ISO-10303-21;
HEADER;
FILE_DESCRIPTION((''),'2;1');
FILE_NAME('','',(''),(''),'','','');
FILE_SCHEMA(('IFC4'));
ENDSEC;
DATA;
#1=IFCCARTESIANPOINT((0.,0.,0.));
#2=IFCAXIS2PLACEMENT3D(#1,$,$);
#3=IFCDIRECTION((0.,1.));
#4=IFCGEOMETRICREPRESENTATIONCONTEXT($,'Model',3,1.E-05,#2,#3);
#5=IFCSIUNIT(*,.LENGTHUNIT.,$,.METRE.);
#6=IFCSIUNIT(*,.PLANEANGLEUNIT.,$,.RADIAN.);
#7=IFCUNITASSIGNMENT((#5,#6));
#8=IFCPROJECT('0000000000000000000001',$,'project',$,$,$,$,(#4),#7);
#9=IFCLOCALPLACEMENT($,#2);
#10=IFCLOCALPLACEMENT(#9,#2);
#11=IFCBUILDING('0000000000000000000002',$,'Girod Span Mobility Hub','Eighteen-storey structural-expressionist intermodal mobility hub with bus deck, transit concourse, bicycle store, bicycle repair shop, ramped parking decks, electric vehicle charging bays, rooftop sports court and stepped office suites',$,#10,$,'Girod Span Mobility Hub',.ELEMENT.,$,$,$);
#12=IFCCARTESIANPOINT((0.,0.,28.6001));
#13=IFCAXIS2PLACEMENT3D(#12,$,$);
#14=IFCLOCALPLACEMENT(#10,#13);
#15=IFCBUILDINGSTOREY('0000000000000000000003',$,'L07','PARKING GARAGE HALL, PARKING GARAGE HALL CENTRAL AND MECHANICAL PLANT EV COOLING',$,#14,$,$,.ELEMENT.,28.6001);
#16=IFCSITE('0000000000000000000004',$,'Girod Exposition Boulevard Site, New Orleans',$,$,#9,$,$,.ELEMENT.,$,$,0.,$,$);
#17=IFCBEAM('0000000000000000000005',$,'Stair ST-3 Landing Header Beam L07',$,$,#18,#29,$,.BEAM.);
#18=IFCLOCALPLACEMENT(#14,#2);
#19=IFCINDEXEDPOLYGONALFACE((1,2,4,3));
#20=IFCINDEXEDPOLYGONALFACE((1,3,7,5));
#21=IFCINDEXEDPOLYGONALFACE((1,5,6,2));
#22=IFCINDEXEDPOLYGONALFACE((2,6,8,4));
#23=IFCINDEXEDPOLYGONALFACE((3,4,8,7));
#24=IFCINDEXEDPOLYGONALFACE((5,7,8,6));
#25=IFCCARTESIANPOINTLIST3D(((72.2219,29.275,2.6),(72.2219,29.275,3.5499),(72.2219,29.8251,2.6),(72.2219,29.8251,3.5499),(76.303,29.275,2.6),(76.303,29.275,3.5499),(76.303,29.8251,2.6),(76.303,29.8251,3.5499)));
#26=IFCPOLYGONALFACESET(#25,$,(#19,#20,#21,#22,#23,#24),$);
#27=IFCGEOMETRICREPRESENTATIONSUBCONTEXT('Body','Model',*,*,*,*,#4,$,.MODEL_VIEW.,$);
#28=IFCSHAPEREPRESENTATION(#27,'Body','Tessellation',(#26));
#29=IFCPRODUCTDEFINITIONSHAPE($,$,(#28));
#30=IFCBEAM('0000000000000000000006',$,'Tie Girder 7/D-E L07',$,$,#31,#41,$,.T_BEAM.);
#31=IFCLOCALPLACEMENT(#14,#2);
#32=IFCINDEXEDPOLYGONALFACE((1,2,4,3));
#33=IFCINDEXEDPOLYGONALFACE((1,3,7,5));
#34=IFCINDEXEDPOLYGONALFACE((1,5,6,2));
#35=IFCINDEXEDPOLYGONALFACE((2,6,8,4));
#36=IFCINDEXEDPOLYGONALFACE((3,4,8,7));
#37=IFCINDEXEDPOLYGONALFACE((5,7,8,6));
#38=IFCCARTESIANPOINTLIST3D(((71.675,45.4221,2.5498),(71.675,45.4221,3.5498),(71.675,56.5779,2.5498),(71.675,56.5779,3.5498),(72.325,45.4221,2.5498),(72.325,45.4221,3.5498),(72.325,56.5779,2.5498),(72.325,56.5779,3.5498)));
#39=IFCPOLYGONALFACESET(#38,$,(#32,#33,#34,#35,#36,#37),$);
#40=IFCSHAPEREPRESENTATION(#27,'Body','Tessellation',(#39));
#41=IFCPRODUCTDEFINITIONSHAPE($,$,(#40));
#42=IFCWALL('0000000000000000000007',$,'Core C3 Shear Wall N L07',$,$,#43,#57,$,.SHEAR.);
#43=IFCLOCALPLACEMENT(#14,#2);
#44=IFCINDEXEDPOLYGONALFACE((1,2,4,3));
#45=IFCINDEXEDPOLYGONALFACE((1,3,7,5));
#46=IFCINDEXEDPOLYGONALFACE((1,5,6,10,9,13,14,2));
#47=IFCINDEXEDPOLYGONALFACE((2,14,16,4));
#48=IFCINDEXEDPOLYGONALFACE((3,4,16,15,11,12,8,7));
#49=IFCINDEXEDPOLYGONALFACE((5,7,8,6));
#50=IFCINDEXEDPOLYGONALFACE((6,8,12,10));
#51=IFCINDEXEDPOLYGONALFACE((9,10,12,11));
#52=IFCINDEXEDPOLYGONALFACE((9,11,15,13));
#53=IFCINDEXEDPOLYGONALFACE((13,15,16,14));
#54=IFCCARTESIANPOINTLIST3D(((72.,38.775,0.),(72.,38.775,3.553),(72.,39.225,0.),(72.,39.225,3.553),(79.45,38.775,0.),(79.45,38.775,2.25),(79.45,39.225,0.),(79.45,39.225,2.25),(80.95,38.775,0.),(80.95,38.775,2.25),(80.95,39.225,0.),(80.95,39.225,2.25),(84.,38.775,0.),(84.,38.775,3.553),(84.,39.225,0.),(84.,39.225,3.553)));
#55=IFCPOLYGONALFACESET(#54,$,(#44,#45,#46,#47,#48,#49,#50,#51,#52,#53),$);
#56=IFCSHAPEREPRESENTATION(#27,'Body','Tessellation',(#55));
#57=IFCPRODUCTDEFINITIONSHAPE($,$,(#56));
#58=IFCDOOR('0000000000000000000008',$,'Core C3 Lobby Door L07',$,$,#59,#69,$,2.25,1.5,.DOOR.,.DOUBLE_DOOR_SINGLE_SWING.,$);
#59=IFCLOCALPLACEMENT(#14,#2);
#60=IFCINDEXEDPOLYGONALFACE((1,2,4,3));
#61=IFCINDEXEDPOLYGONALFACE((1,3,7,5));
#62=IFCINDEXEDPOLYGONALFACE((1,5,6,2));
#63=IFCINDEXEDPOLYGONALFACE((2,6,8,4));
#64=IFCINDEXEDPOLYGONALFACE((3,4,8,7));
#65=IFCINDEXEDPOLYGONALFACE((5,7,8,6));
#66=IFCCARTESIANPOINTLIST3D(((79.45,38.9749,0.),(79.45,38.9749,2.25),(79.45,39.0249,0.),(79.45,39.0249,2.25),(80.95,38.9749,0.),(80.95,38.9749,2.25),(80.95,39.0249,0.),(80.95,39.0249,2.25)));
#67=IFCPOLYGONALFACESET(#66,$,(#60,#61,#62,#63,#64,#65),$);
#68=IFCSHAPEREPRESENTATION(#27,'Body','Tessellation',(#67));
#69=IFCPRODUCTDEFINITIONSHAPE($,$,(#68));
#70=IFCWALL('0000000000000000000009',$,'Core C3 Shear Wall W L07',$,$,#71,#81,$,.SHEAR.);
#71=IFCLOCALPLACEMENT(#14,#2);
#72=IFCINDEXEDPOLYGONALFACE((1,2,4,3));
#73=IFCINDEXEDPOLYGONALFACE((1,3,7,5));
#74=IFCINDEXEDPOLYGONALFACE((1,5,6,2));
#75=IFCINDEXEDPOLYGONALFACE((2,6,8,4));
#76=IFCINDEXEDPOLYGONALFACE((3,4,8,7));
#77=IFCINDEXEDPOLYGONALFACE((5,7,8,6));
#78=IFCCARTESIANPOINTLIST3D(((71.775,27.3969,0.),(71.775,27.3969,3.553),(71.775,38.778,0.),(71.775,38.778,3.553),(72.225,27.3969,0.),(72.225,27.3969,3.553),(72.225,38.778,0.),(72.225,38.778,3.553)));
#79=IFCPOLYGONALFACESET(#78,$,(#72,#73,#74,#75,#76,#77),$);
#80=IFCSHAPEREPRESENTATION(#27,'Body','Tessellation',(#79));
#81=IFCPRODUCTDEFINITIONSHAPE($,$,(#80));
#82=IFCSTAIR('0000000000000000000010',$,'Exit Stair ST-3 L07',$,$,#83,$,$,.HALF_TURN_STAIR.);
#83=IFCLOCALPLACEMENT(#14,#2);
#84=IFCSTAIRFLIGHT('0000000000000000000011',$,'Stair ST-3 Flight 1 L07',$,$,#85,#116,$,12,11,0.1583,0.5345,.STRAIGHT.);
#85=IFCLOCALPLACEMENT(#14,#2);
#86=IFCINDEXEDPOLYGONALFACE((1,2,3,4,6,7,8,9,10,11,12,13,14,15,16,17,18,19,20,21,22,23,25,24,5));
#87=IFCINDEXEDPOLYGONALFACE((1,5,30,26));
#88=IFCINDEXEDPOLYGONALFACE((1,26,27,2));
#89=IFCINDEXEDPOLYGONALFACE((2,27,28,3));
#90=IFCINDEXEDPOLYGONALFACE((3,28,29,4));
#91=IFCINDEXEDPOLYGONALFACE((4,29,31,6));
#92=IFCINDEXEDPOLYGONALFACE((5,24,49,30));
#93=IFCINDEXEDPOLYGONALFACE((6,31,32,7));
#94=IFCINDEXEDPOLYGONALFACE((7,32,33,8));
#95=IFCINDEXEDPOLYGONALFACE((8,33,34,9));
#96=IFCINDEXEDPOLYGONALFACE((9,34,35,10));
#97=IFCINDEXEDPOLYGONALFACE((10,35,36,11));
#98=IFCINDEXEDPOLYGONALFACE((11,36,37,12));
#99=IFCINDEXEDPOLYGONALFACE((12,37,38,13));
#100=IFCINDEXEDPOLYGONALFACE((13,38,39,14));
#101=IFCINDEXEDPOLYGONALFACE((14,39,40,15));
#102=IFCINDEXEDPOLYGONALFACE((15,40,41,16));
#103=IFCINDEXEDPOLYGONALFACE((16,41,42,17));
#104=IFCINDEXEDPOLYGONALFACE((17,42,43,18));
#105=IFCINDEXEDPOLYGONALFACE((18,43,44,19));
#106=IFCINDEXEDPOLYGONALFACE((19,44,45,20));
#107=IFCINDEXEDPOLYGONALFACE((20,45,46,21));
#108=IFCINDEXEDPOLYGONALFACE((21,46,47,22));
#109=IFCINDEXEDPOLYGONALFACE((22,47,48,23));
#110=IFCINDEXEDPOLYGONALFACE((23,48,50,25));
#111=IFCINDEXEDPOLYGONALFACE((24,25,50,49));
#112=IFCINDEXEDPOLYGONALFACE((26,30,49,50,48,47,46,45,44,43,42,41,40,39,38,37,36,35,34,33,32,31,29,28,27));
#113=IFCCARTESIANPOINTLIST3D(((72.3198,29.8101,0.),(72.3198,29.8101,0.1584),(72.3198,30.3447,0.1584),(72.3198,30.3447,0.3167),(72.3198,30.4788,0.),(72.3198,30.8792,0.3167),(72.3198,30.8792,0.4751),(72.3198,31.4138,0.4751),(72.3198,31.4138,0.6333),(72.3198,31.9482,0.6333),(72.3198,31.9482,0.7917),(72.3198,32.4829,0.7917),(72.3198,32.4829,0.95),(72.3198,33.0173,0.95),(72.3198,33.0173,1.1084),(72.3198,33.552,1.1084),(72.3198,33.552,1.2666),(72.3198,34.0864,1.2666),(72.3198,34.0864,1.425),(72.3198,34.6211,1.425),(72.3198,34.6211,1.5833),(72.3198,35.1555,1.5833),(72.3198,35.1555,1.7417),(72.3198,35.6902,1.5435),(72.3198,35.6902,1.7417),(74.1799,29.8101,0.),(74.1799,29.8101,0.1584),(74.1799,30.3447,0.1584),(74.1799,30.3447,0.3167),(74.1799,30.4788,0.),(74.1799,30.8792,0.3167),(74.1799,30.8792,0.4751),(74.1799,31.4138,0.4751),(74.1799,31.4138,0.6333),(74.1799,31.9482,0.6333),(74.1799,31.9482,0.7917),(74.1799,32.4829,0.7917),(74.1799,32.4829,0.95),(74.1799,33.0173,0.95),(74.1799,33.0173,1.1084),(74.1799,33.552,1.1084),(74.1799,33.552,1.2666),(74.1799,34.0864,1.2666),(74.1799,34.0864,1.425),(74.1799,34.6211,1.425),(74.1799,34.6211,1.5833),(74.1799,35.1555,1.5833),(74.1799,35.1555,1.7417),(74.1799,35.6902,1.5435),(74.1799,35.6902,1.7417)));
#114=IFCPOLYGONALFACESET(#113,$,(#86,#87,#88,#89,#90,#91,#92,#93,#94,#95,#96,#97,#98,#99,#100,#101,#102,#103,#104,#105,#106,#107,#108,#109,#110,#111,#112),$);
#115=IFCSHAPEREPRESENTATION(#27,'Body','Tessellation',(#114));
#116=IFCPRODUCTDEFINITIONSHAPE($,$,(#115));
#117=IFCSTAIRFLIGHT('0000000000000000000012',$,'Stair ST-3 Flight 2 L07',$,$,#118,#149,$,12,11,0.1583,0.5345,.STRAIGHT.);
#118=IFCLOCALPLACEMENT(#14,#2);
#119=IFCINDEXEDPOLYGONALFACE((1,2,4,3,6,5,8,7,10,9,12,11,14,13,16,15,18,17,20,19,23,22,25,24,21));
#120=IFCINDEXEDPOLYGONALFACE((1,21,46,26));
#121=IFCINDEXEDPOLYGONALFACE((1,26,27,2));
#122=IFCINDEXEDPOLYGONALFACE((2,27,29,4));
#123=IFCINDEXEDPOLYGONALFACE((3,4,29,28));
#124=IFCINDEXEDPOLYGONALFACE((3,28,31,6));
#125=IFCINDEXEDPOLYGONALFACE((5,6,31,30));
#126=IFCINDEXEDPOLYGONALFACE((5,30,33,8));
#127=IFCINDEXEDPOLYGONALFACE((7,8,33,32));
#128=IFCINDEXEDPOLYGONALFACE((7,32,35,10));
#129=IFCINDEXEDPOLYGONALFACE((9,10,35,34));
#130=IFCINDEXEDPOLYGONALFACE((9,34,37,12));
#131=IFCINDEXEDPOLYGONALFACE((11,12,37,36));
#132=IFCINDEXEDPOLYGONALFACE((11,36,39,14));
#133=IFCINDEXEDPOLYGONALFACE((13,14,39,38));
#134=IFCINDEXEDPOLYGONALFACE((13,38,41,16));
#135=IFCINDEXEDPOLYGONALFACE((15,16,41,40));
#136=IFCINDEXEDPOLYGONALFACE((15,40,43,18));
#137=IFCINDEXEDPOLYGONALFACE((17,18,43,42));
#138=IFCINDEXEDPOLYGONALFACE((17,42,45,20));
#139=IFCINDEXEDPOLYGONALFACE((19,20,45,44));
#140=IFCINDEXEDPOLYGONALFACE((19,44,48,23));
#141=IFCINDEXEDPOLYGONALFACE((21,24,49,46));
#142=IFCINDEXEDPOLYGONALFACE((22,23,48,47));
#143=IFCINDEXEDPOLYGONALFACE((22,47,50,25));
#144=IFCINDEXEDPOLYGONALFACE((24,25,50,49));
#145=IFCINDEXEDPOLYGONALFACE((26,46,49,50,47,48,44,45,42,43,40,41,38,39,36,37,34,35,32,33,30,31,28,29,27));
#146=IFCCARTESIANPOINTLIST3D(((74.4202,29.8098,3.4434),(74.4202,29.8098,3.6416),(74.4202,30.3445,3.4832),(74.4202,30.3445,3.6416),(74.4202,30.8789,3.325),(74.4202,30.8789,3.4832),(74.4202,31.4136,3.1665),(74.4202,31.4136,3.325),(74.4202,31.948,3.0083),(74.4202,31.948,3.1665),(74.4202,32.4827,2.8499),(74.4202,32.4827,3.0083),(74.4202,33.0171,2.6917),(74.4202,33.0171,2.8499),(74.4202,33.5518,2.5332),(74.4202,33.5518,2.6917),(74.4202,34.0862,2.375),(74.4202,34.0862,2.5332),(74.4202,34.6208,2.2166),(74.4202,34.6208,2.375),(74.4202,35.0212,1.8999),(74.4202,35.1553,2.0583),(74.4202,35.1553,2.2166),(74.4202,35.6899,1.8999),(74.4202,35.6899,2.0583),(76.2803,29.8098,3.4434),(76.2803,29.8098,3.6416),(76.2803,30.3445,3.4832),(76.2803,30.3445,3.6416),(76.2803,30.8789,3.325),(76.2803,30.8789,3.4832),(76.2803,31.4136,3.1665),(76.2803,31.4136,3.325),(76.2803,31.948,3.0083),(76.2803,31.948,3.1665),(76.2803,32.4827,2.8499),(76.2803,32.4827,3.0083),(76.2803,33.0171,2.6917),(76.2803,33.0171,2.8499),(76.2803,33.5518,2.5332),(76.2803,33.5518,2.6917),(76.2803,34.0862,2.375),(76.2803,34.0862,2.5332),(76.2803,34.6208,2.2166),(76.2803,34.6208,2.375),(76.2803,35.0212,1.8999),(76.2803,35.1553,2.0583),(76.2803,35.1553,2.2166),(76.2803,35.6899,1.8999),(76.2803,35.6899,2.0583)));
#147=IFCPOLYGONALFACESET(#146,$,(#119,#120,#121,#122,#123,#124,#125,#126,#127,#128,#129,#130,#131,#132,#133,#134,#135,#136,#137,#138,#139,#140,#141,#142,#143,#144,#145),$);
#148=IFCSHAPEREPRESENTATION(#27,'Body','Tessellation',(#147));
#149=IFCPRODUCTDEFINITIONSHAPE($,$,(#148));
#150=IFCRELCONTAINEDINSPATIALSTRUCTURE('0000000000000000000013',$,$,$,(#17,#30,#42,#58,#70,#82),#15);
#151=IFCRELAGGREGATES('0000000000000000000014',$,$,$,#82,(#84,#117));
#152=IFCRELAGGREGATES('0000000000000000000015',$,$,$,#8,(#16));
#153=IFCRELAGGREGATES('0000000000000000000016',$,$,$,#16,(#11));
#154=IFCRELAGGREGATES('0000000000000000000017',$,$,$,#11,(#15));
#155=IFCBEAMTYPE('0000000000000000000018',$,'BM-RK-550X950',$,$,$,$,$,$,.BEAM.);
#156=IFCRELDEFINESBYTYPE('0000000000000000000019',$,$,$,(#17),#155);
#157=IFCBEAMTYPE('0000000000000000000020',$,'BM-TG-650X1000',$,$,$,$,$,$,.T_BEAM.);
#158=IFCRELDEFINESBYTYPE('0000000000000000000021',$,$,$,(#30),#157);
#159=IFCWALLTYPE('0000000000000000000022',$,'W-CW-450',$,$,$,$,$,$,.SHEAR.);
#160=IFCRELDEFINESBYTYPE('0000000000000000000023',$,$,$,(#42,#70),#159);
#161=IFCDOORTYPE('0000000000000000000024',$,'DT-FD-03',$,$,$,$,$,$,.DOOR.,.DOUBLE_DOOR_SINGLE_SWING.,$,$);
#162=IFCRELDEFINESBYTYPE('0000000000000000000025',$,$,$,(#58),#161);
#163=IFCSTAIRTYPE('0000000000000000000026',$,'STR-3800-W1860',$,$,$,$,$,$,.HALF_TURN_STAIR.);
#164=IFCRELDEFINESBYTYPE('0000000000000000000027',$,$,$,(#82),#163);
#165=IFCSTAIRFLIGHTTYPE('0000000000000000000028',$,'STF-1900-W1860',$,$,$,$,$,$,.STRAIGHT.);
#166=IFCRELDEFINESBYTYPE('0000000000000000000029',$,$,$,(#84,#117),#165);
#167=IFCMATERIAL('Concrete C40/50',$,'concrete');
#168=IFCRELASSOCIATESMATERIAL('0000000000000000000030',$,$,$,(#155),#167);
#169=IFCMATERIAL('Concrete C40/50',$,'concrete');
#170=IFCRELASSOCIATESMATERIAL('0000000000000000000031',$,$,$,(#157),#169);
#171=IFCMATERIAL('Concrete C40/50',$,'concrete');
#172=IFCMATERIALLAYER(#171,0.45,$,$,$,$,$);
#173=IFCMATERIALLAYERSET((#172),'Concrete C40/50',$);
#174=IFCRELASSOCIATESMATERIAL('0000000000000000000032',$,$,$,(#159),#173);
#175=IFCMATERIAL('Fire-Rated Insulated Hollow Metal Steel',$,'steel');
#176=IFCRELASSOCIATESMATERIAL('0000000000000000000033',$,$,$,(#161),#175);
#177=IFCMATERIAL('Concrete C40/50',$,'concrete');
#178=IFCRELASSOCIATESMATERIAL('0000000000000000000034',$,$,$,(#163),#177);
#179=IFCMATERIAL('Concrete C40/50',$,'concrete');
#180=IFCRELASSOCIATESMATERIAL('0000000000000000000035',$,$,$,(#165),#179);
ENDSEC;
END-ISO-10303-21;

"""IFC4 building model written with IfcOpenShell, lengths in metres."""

from ifc_helpers import new_model, si_unit, direction, frame, frame_2d, origin, origin_2d, place, context, subcontext, project, spatial, polyline, rectangle, outline, extrude, material, layer, layer_set, material_profile, profile_set, type_object, element, fill, aggregate, save


model = new_model("IFC4")

# Units and contexts
model_context = context("Model", 3, precision=1e-05, world=origin(), true_north=direction((0.0, 1.0)))
body_context = subcontext(model_context, "Body", "Model", "MODEL_VIEW")
ifc_project = project(units=[si_unit("LENGTHUNIT", "METRE"), si_unit("PLANEANGLEUNIT", "RADIAN")], contexts=[model_context])

# Site, building, storey
site_placement = place(None, origin())
site = spatial("IfcSite", under=ifc_project, at=site_placement, Name="Girod Exposition Boulevard Site, New Orleans", CompositionType="ELEMENT", RefElevation=0.0)
building_placement = place(site_placement, origin())
building = spatial("IfcBuilding", under=site, at=building_placement, Name="Girod Span Mobility Hub", Description="Eighteen-storey structural-expressionist intermodal mobility hub with bus deck, transit concourse, bicycle store, bicycle repair shop, ramped parking decks, electric vehicle charging bays, rooftop sports court and stepped office suites", LongName="Girod Span Mobility Hub", CompositionType="ELEMENT")
storey_placement = place(building_placement, frame((0.0, 0.0, 28.6001)))
storey = spatial("IfcBuildingStorey", under=building, at=storey_placement, Name="L07", Description="PARKING GARAGE HALL, PARKING GARAGE HALL CENTRAL AND MECHANICAL PLANT EV COOLING", CompositionType="ELEMENT", Elevation=28.6001)

# Beams
ifc_material_1 = material(Name="Concrete C40/50", Category="concrete")
ifc_material_profile_1 = material_profile(ifc_material_1, rectangle(XDim=0.55, YDim=0.95, at=origin_2d()), Name="RK-550X950")
ifc_profile_set_1 = profile_set([ifc_material_profile_1], Name="Concrete C40/50")
beam_type_1 = type_object("IfcBeamType", Name="BM-RK-550X950", PredefinedType="BEAM", material=ifc_profile_set_1)
beam_1_placement = place(storey_placement, frame((72.2219, 29.55, 3.075), z_axis=(1.0, 0.0, 0.0), x_axis=(0.0, 1.0, 0.0)))
element("IfcBeam", 1, at=beam_1_placement, inside=storey, type_object=beam_type_1, Name="Stair ST-3 Landing Header Beam L07", PredefinedType="BEAM", context=body_context, shape_type="SweptSolid", body=[
    extrude(rectangle(XDim=0.55, YDim=0.95, at=origin_2d()), origin(), (0.0, 0.0, 1.0), 4.0811),
])
ifc_material_2 = material(Name="Concrete C40/50", Category="concrete")
ifc_material_profile_2 = material_profile(ifc_material_2, rectangle(XDim=0.6499, YDim=1.0, at=origin_2d()), Name="TG-650X1000")
ifc_profile_set_2 = profile_set([ifc_material_profile_2], Name="Concrete C40/50")
beam_type_2 = type_object("IfcBeamType", Name="BM-TG-650X1000", PredefinedType="T_BEAM", material=ifc_profile_set_2)
beam_2_placement = place(storey_placement, frame((72.0, 45.4221, 3.0498), z_axis=(0.0, 1.0, 0.0), x_axis=(-1.0, 0.0, 0.0)))
element("IfcBeam", 2, at=beam_2_placement, inside=storey, type_object=beam_type_2, Name="Tie Girder 7/D-E L07", PredefinedType="T_BEAM", context=body_context, shape_type="SweptSolid", body=[
    extrude(rectangle(XDim=0.6499, YDim=1.0, at=origin_2d()), origin(), (0.0, 0.0, 1.0), 11.1558),
])

# Wall, opening, door
ifc_material_3 = material(Name="Concrete C40/50", Category="concrete")
ifc_layer_1 = layer(ifc_material_3, 0.45)
ifc_layer_set_1 = layer_set([ifc_layer_1], Name="Concrete C40/50")
wall_type = type_object("IfcWallType", Name="W-CW-450", PredefinedType="SHEAR", material=ifc_layer_set_1)
wall_1_placement = place(storey_placement, frame((72.0, 39.0, 0.0), z_axis=(0.0, 0.0, 1.0), x_axis=(1.0, 0.0, 0.0)))
wall_1 = element("IfcWall", 3, at=wall_1_placement, inside=storey, type_object=wall_type, Name="Core C3 Shear Wall N L07", PredefinedType="SHEAR", context=body_context, shape_type="SweptSolid", body=[
    extrude(rectangle(XDim=12.0, YDim=0.45, at=frame_2d((6.0, 0.0))), origin(), (0.0, 0.0, 1.0), 3.553),
])
opening_placement = place(wall_1_placement, frame((7.45, 0.0, 0.0)))
opening = element("IfcOpeningElement", 4, at=opening_placement, cuts=wall_1, PredefinedType="OPENING", context=body_context, shape_type="SweptSolid", body=[
    extrude(rectangle(XDim=1.5, YDim=2.25, at=frame_2d((0.75, 1.125))), frame((0.0, 0.24, 0.0), z_axis=(0.0, -1.0, 0.0), x_axis=(1.0, 0.0, 0.0)), (0.0, 0.0, 1.0), 0.48),
])
ifc_material_4 = material(Name="Fire-Rated Insulated Hollow Metal Steel", Category="steel")
door_type = type_object("IfcDoorType", Name="DT-FD-03", OperationType="DOUBLE_DOOR_SINGLE_SWING", PredefinedType="DOOR", material=ifc_material_4)
door_placement = place(opening_placement, origin())
door = element("IfcDoor", 5, at=door_placement, inside=storey, type_object=door_type, Name="Core C3 Lobby Door L07", OperationType="DOUBLE_DOOR_SINGLE_SWING", OverallHeight=2.25, OverallWidth=1.5, PredefinedType="DOOR", context=body_context, shape_type="SweptSolid", body=[
    extrude(rectangle(XDim=1.5, YDim=2.25, at=frame_2d((0.75, 1.125))), frame((0.0, 0.0249, 0.0), z_axis=(0.0, -1.0, 0.0), x_axis=(1.0, 0.0, 0.0)), (0.0, 0.0, 1.0), 0.05),
])
fill(opening, door)

# Wall
wall_2_placement = place(storey_placement, frame((72.0, 27.397, 0.0), z_axis=(0.0, 0.0, 1.0), x_axis=(0.0, 1.0, 0.0)))
element("IfcWall", 6, at=wall_2_placement, inside=storey, type_object=wall_type, Name="Core C3 Shear Wall W L07", PredefinedType="SHEAR", context=body_context, shape_type="SweptSolid", body=[
    extrude(rectangle(XDim=11.3811, YDim=0.45, at=frame_2d((5.6904, 0.0))), origin(), (0.0, 0.0, 1.0), 3.553),
])

# Stair, stair flights
ifc_material_5 = material(Name="Concrete C40/50", Category="concrete")
stair_type = type_object("IfcStairType", Name="STR-3800-W1860", PredefinedType="HALF_TURN_STAIR", material=ifc_material_5)
stair_placement = place(storey_placement, origin())
stair = element("IfcStair", 7, at=stair_placement, inside=storey, type_object=stair_type, Name="Exit Stair ST-3 L07", PredefinedType="HALF_TURN_STAIR")
ifc_material_6 = material(Name="Concrete C40/50", Category="concrete")
stair_flight_type = type_object("IfcStairFlightType", Name="STF-1900-W1860", PredefinedType="STRAIGHT", material=ifc_material_6)
stair_flight_1_placement = place(storey_placement, frame((73.25, 29.8101, 0.0), z_axis=(0.0, 0.0, 1.0), x_axis=(0.0, 1.0, 0.0)))
stair_flight_1 = element("IfcStairFlight", 8, at=stair_flight_1_placement, type_object=stair_flight_type, Name="Stair ST-3 Flight 1 L07", NumberOfRisers=12, NumberOfTreads=11, PredefinedType="STRAIGHT", RiserHeight=0.1583, TreadLength=0.5345, context=body_context, shape_type="SweptSolid", body=[
    extrude(outline(polyline([(0.0, 0.0), (0.0, 0.1584), (0.5347, 0.1584), (0.5347, 0.3167), (1.0691, 0.3167), (1.0691, 0.4751), (1.6038, 0.4751), (1.6038, 0.6333), (2.1382, 0.6333), (2.1382, 0.7917), (2.6729, 0.7917), (2.6729, 0.95), (3.2073, 0.95), (3.2073, 1.1084), (3.7419, 1.1084), (3.7419, 1.2666), (4.2764, 1.2666), (4.2764, 1.425), (4.811, 1.425), (4.811, 1.5833), (5.3455, 1.5833), (5.3455, 1.7417), (5.8801, 1.7417), (5.8801, 1.8999), (5.8801, 1.5435), (0.6687, 0.0), (0.0, 0.0)])), frame((0.0, 0.9302, 0.0), z_axis=(0.0, -1.0, 0.0), x_axis=(1.0, 0.0, 0.0)), (0.0, 0.0, 1.0), 1.8601),
])
stair_flight_2_placement = place(storey_placement, frame((75.3501, 35.6899, 1.8999), z_axis=(0.0, 0.0, 1.0), x_axis=(0.0, -1.0, 0.0)))
stair_flight_2 = element("IfcStairFlight", 9, at=stair_flight_2_placement, type_object=stair_flight_type, Name="Stair ST-3 Flight 2 L07", NumberOfRisers=12, NumberOfTreads=11, PredefinedType="STRAIGHT", RiserHeight=0.1583, TreadLength=0.5345, context=body_context, shape_type="SweptSolid", body=[
    extrude(outline(polyline([(0.0, 0.0), (0.0, 0.1584), (0.5347, 0.1584), (0.5347, 0.3167), (1.0691, 0.3167), (1.0691, 0.4751), (1.6038, 0.4751), (1.6038, 0.6333), (2.1382, 0.6333), (2.1382, 0.7917), (2.6729, 0.7917), (2.6729, 0.95), (3.2073, 0.95), (3.2073, 1.1084), (3.7419, 1.1084), (3.7419, 1.2666), (4.2764, 1.2666), (4.2764, 1.425), (4.811, 1.425), (4.811, 1.5833), (5.3455, 1.5833), (5.3455, 1.7417), (5.8801, 1.7417), (5.8801, 1.8999), (5.8801, 1.5435), (0.6687, 0.0), (0.0, 0.0)])), frame((0.0, 0.9302, 0.0), z_axis=(0.0, -1.0, 0.0), x_axis=(1.0, 0.0, 0.0)), (0.0, 0.0, 1.0), 1.8601),
])
aggregate(stair, [stair_flight_1, stair_flight_2])

save(model, "model.ifc")
